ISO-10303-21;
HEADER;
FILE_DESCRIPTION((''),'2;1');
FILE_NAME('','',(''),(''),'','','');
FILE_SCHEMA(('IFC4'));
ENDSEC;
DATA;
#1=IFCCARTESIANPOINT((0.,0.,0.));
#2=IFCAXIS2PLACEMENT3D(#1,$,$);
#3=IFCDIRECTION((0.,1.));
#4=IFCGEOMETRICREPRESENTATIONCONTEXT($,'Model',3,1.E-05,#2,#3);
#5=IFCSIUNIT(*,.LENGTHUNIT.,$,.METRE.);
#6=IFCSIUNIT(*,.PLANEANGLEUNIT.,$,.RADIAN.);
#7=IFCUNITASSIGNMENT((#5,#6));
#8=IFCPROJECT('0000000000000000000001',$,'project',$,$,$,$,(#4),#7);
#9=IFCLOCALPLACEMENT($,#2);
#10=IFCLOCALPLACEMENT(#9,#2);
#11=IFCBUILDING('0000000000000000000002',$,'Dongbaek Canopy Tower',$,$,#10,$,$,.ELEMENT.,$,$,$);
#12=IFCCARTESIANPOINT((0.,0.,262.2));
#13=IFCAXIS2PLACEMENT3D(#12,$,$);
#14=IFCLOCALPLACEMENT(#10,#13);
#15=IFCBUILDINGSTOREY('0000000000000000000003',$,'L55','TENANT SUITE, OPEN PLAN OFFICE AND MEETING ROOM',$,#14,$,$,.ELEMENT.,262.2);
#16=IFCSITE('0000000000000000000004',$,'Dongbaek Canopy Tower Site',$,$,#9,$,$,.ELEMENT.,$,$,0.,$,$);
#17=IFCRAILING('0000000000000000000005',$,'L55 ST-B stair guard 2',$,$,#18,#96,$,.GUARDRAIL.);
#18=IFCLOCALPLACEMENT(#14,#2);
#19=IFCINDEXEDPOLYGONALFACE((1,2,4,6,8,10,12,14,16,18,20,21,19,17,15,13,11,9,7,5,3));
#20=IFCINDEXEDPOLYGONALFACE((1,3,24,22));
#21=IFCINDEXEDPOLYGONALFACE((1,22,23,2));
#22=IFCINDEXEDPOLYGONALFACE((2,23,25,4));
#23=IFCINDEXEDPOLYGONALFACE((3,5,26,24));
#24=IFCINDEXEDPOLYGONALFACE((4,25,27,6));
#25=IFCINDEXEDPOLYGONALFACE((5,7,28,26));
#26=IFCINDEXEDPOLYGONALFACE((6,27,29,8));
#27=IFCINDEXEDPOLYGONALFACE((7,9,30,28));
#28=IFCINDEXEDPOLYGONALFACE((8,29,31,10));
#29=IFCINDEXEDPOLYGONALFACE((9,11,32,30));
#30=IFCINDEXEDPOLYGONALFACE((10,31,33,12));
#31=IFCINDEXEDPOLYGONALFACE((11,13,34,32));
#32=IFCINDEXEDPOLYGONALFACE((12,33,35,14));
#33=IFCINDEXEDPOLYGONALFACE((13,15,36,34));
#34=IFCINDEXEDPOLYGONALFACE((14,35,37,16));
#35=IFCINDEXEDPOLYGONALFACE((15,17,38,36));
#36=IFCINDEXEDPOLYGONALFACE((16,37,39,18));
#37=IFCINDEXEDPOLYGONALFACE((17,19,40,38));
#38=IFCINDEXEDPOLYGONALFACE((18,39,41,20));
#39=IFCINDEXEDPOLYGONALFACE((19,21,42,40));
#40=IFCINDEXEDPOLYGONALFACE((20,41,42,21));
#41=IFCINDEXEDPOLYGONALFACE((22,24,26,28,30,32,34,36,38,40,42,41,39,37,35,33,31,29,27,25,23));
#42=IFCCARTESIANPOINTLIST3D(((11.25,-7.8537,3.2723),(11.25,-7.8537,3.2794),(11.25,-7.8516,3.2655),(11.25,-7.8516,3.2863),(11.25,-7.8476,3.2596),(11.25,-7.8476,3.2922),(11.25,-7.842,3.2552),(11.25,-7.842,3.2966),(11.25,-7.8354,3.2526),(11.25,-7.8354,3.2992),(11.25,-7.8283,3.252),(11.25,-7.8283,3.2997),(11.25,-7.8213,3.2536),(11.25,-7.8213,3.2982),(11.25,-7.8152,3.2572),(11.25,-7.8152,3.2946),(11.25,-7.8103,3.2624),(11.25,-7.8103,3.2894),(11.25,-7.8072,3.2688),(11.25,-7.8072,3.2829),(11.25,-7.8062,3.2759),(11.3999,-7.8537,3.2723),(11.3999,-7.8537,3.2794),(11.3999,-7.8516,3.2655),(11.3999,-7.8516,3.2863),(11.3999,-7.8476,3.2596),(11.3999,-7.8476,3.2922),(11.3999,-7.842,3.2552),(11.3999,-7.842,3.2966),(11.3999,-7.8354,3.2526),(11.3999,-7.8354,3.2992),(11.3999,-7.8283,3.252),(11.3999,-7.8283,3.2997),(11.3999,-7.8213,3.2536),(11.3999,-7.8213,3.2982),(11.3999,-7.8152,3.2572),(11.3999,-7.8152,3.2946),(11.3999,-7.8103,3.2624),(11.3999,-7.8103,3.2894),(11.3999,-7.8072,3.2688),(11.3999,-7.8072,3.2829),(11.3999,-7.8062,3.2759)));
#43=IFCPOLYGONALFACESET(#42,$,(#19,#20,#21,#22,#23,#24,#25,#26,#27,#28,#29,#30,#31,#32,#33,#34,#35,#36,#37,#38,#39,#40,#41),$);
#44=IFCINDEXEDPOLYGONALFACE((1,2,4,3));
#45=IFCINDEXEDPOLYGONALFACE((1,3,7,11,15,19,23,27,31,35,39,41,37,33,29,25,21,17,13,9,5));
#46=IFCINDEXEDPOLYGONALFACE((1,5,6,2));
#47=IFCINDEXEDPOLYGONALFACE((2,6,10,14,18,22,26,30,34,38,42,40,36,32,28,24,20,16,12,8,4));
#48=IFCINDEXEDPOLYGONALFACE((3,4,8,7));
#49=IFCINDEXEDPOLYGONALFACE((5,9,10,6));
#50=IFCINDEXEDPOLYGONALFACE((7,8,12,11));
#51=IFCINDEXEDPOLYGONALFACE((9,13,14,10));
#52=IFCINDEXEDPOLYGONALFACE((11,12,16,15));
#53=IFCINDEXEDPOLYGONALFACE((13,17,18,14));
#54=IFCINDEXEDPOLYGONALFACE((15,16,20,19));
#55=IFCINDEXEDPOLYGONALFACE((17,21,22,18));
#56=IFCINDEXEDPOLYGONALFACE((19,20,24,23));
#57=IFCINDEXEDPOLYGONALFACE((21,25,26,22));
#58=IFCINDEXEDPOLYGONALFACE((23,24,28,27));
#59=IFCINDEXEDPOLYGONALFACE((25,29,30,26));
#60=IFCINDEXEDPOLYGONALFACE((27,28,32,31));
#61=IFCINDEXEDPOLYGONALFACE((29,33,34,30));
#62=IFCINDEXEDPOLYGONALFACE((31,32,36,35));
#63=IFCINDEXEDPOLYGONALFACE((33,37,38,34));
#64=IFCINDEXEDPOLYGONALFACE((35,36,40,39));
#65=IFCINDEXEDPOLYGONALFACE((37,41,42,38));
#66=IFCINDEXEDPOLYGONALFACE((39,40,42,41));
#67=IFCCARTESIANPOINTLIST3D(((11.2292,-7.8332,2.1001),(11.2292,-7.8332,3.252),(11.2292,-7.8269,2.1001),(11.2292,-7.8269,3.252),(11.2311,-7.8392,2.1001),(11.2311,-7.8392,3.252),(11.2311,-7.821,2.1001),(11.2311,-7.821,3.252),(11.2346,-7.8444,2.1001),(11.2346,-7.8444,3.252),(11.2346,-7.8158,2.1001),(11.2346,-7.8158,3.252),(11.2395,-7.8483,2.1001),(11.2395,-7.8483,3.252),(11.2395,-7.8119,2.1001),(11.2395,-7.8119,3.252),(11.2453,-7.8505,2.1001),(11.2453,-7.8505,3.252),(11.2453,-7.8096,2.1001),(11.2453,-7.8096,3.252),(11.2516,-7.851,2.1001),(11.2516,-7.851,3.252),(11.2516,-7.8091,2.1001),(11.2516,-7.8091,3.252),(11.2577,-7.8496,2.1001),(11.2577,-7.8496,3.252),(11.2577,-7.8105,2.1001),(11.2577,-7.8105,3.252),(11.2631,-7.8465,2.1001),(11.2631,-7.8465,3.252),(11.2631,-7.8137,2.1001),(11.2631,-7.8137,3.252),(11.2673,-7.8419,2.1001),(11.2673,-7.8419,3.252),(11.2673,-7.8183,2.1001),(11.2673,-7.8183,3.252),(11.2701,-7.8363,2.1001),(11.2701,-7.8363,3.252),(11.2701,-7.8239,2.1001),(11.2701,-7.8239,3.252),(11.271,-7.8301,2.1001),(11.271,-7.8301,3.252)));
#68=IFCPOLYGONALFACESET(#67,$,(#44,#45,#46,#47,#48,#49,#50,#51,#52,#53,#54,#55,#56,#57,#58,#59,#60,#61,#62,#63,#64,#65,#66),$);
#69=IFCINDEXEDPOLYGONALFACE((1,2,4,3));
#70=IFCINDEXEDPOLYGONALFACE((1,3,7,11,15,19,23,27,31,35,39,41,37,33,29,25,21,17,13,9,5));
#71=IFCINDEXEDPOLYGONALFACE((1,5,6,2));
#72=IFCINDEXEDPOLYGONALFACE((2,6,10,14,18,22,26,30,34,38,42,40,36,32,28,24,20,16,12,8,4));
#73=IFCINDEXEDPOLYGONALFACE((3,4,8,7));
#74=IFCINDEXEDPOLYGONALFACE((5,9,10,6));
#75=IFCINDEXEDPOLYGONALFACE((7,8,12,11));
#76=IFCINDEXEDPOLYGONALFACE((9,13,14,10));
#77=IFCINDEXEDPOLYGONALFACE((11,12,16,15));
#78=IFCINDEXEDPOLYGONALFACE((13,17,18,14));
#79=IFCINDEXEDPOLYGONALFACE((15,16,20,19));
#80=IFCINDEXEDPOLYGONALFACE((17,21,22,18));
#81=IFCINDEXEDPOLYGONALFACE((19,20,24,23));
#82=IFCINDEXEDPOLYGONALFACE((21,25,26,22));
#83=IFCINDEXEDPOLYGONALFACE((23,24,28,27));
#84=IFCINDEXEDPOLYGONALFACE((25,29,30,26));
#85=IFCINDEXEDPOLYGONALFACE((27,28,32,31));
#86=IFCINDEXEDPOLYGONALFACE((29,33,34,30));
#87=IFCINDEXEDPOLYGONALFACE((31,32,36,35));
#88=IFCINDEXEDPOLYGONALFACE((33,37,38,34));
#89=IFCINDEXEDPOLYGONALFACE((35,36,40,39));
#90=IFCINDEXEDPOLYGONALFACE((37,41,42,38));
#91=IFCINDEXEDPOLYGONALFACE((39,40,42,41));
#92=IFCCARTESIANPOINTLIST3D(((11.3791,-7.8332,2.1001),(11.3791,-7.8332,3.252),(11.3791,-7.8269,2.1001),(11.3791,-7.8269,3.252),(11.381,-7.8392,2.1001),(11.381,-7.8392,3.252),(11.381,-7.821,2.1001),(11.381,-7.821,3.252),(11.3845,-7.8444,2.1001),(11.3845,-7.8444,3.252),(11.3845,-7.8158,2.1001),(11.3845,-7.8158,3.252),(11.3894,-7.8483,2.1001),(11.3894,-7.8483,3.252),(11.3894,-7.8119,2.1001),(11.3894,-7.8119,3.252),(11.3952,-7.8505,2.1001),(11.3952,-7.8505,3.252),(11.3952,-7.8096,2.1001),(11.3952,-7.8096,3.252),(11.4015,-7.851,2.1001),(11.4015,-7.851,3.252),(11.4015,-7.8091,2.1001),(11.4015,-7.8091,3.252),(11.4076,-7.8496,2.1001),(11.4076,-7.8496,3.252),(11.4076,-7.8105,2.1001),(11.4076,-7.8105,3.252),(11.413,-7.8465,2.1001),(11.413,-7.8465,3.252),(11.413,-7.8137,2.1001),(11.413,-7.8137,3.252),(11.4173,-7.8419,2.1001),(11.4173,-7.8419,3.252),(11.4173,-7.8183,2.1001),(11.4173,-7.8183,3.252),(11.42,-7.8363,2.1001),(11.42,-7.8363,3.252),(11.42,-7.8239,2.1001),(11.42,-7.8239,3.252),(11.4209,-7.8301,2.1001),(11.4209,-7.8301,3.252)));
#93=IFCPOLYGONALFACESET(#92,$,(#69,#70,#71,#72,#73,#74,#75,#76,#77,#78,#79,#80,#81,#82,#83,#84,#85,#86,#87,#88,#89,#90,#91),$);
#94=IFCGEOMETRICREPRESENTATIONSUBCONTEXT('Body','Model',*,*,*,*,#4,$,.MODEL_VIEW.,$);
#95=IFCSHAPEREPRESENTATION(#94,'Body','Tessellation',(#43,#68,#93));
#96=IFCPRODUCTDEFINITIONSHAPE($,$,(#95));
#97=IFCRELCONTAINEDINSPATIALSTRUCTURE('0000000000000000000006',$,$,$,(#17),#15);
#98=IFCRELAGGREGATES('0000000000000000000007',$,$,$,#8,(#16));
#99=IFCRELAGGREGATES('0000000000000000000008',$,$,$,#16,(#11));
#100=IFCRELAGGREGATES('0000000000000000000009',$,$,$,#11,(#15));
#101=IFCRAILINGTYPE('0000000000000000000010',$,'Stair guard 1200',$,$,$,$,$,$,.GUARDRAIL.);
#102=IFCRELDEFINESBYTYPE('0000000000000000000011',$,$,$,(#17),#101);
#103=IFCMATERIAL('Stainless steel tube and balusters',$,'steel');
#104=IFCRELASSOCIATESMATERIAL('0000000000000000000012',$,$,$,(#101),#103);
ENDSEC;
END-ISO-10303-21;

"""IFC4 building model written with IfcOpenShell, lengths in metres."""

from ifc_helpers import new_model, si_unit, direction, frame, origin, origin_2d, place, context, subcontext, project, spatial, circle, extrude, material, type_object, element, save


model = new_model("IFC4")

# Units and contexts
model_context = context("Model", 3, precision=1e-05, world=origin(), true_north=direction((0.0, 1.0)))
body_context = subcontext(model_context, "Body", "Model", "MODEL_VIEW")
ifc_project = project(units=[si_unit("LENGTHUNIT", "METRE"), si_unit("PLANEANGLEUNIT", "RADIAN")], contexts=[model_context])

# Site, building, storey
site_placement = place(None, origin())
site = spatial("IfcSite", under=ifc_project, at=site_placement, Name="Dongbaek Canopy Tower Site", CompositionType="ELEMENT", RefElevation=0.0)
building_placement = place(site_placement, origin())
building = spatial("IfcBuilding", under=site, at=building_placement, Name="Dongbaek Canopy Tower", CompositionType="ELEMENT")
storey_placement = place(building_placement, frame((0.0, 0.0, 262.2)))
storey = spatial("IfcBuildingStorey", under=building, at=storey_placement, Name="L55", Description="TENANT SUITE, OPEN PLAN OFFICE AND MEETING ROOM", CompositionType="ELEMENT", Elevation=262.2)

# Railing
ifc_material_1 = material(Name="Stainless steel tube and balusters", Category="steel")
railing_type_1 = type_object("IfcRailingType", Name="Stair guard 1200", PredefinedType="GUARDRAIL", material=ifc_material_1)
railing_1_placement = place(storey_placement, frame((11.25, -7.8301, 2.1001)))
element("IfcRailing", 1, at=railing_1_placement, inside=storey, type_object=railing_type_1, Name="L55 ST-B stair guard 2", PredefinedType="GUARDRAIL", context=body_context, shape_type="SweptSolid", body=[
    extrude(circle(Radius=0.0239, at=origin_2d()), frame((0.0, 0.0, 1.1758), z_axis=(1.0, 0.0, 0.0), x_axis=(0.0, 1.0, 0.0)), (0.0, 0.0, 1.0), 0.1499),
    extrude(circle(Radius=0.021, at=origin_2d()), origin(), (0.0, 0.0, 1.0), 1.1519),
    extrude(circle(Radius=0.021, at=origin_2d()), frame((0.1499, 0.0, 0.0)), (0.0, 0.0, 1.0), 1.1519),
])

save(model, "model.ifc")
